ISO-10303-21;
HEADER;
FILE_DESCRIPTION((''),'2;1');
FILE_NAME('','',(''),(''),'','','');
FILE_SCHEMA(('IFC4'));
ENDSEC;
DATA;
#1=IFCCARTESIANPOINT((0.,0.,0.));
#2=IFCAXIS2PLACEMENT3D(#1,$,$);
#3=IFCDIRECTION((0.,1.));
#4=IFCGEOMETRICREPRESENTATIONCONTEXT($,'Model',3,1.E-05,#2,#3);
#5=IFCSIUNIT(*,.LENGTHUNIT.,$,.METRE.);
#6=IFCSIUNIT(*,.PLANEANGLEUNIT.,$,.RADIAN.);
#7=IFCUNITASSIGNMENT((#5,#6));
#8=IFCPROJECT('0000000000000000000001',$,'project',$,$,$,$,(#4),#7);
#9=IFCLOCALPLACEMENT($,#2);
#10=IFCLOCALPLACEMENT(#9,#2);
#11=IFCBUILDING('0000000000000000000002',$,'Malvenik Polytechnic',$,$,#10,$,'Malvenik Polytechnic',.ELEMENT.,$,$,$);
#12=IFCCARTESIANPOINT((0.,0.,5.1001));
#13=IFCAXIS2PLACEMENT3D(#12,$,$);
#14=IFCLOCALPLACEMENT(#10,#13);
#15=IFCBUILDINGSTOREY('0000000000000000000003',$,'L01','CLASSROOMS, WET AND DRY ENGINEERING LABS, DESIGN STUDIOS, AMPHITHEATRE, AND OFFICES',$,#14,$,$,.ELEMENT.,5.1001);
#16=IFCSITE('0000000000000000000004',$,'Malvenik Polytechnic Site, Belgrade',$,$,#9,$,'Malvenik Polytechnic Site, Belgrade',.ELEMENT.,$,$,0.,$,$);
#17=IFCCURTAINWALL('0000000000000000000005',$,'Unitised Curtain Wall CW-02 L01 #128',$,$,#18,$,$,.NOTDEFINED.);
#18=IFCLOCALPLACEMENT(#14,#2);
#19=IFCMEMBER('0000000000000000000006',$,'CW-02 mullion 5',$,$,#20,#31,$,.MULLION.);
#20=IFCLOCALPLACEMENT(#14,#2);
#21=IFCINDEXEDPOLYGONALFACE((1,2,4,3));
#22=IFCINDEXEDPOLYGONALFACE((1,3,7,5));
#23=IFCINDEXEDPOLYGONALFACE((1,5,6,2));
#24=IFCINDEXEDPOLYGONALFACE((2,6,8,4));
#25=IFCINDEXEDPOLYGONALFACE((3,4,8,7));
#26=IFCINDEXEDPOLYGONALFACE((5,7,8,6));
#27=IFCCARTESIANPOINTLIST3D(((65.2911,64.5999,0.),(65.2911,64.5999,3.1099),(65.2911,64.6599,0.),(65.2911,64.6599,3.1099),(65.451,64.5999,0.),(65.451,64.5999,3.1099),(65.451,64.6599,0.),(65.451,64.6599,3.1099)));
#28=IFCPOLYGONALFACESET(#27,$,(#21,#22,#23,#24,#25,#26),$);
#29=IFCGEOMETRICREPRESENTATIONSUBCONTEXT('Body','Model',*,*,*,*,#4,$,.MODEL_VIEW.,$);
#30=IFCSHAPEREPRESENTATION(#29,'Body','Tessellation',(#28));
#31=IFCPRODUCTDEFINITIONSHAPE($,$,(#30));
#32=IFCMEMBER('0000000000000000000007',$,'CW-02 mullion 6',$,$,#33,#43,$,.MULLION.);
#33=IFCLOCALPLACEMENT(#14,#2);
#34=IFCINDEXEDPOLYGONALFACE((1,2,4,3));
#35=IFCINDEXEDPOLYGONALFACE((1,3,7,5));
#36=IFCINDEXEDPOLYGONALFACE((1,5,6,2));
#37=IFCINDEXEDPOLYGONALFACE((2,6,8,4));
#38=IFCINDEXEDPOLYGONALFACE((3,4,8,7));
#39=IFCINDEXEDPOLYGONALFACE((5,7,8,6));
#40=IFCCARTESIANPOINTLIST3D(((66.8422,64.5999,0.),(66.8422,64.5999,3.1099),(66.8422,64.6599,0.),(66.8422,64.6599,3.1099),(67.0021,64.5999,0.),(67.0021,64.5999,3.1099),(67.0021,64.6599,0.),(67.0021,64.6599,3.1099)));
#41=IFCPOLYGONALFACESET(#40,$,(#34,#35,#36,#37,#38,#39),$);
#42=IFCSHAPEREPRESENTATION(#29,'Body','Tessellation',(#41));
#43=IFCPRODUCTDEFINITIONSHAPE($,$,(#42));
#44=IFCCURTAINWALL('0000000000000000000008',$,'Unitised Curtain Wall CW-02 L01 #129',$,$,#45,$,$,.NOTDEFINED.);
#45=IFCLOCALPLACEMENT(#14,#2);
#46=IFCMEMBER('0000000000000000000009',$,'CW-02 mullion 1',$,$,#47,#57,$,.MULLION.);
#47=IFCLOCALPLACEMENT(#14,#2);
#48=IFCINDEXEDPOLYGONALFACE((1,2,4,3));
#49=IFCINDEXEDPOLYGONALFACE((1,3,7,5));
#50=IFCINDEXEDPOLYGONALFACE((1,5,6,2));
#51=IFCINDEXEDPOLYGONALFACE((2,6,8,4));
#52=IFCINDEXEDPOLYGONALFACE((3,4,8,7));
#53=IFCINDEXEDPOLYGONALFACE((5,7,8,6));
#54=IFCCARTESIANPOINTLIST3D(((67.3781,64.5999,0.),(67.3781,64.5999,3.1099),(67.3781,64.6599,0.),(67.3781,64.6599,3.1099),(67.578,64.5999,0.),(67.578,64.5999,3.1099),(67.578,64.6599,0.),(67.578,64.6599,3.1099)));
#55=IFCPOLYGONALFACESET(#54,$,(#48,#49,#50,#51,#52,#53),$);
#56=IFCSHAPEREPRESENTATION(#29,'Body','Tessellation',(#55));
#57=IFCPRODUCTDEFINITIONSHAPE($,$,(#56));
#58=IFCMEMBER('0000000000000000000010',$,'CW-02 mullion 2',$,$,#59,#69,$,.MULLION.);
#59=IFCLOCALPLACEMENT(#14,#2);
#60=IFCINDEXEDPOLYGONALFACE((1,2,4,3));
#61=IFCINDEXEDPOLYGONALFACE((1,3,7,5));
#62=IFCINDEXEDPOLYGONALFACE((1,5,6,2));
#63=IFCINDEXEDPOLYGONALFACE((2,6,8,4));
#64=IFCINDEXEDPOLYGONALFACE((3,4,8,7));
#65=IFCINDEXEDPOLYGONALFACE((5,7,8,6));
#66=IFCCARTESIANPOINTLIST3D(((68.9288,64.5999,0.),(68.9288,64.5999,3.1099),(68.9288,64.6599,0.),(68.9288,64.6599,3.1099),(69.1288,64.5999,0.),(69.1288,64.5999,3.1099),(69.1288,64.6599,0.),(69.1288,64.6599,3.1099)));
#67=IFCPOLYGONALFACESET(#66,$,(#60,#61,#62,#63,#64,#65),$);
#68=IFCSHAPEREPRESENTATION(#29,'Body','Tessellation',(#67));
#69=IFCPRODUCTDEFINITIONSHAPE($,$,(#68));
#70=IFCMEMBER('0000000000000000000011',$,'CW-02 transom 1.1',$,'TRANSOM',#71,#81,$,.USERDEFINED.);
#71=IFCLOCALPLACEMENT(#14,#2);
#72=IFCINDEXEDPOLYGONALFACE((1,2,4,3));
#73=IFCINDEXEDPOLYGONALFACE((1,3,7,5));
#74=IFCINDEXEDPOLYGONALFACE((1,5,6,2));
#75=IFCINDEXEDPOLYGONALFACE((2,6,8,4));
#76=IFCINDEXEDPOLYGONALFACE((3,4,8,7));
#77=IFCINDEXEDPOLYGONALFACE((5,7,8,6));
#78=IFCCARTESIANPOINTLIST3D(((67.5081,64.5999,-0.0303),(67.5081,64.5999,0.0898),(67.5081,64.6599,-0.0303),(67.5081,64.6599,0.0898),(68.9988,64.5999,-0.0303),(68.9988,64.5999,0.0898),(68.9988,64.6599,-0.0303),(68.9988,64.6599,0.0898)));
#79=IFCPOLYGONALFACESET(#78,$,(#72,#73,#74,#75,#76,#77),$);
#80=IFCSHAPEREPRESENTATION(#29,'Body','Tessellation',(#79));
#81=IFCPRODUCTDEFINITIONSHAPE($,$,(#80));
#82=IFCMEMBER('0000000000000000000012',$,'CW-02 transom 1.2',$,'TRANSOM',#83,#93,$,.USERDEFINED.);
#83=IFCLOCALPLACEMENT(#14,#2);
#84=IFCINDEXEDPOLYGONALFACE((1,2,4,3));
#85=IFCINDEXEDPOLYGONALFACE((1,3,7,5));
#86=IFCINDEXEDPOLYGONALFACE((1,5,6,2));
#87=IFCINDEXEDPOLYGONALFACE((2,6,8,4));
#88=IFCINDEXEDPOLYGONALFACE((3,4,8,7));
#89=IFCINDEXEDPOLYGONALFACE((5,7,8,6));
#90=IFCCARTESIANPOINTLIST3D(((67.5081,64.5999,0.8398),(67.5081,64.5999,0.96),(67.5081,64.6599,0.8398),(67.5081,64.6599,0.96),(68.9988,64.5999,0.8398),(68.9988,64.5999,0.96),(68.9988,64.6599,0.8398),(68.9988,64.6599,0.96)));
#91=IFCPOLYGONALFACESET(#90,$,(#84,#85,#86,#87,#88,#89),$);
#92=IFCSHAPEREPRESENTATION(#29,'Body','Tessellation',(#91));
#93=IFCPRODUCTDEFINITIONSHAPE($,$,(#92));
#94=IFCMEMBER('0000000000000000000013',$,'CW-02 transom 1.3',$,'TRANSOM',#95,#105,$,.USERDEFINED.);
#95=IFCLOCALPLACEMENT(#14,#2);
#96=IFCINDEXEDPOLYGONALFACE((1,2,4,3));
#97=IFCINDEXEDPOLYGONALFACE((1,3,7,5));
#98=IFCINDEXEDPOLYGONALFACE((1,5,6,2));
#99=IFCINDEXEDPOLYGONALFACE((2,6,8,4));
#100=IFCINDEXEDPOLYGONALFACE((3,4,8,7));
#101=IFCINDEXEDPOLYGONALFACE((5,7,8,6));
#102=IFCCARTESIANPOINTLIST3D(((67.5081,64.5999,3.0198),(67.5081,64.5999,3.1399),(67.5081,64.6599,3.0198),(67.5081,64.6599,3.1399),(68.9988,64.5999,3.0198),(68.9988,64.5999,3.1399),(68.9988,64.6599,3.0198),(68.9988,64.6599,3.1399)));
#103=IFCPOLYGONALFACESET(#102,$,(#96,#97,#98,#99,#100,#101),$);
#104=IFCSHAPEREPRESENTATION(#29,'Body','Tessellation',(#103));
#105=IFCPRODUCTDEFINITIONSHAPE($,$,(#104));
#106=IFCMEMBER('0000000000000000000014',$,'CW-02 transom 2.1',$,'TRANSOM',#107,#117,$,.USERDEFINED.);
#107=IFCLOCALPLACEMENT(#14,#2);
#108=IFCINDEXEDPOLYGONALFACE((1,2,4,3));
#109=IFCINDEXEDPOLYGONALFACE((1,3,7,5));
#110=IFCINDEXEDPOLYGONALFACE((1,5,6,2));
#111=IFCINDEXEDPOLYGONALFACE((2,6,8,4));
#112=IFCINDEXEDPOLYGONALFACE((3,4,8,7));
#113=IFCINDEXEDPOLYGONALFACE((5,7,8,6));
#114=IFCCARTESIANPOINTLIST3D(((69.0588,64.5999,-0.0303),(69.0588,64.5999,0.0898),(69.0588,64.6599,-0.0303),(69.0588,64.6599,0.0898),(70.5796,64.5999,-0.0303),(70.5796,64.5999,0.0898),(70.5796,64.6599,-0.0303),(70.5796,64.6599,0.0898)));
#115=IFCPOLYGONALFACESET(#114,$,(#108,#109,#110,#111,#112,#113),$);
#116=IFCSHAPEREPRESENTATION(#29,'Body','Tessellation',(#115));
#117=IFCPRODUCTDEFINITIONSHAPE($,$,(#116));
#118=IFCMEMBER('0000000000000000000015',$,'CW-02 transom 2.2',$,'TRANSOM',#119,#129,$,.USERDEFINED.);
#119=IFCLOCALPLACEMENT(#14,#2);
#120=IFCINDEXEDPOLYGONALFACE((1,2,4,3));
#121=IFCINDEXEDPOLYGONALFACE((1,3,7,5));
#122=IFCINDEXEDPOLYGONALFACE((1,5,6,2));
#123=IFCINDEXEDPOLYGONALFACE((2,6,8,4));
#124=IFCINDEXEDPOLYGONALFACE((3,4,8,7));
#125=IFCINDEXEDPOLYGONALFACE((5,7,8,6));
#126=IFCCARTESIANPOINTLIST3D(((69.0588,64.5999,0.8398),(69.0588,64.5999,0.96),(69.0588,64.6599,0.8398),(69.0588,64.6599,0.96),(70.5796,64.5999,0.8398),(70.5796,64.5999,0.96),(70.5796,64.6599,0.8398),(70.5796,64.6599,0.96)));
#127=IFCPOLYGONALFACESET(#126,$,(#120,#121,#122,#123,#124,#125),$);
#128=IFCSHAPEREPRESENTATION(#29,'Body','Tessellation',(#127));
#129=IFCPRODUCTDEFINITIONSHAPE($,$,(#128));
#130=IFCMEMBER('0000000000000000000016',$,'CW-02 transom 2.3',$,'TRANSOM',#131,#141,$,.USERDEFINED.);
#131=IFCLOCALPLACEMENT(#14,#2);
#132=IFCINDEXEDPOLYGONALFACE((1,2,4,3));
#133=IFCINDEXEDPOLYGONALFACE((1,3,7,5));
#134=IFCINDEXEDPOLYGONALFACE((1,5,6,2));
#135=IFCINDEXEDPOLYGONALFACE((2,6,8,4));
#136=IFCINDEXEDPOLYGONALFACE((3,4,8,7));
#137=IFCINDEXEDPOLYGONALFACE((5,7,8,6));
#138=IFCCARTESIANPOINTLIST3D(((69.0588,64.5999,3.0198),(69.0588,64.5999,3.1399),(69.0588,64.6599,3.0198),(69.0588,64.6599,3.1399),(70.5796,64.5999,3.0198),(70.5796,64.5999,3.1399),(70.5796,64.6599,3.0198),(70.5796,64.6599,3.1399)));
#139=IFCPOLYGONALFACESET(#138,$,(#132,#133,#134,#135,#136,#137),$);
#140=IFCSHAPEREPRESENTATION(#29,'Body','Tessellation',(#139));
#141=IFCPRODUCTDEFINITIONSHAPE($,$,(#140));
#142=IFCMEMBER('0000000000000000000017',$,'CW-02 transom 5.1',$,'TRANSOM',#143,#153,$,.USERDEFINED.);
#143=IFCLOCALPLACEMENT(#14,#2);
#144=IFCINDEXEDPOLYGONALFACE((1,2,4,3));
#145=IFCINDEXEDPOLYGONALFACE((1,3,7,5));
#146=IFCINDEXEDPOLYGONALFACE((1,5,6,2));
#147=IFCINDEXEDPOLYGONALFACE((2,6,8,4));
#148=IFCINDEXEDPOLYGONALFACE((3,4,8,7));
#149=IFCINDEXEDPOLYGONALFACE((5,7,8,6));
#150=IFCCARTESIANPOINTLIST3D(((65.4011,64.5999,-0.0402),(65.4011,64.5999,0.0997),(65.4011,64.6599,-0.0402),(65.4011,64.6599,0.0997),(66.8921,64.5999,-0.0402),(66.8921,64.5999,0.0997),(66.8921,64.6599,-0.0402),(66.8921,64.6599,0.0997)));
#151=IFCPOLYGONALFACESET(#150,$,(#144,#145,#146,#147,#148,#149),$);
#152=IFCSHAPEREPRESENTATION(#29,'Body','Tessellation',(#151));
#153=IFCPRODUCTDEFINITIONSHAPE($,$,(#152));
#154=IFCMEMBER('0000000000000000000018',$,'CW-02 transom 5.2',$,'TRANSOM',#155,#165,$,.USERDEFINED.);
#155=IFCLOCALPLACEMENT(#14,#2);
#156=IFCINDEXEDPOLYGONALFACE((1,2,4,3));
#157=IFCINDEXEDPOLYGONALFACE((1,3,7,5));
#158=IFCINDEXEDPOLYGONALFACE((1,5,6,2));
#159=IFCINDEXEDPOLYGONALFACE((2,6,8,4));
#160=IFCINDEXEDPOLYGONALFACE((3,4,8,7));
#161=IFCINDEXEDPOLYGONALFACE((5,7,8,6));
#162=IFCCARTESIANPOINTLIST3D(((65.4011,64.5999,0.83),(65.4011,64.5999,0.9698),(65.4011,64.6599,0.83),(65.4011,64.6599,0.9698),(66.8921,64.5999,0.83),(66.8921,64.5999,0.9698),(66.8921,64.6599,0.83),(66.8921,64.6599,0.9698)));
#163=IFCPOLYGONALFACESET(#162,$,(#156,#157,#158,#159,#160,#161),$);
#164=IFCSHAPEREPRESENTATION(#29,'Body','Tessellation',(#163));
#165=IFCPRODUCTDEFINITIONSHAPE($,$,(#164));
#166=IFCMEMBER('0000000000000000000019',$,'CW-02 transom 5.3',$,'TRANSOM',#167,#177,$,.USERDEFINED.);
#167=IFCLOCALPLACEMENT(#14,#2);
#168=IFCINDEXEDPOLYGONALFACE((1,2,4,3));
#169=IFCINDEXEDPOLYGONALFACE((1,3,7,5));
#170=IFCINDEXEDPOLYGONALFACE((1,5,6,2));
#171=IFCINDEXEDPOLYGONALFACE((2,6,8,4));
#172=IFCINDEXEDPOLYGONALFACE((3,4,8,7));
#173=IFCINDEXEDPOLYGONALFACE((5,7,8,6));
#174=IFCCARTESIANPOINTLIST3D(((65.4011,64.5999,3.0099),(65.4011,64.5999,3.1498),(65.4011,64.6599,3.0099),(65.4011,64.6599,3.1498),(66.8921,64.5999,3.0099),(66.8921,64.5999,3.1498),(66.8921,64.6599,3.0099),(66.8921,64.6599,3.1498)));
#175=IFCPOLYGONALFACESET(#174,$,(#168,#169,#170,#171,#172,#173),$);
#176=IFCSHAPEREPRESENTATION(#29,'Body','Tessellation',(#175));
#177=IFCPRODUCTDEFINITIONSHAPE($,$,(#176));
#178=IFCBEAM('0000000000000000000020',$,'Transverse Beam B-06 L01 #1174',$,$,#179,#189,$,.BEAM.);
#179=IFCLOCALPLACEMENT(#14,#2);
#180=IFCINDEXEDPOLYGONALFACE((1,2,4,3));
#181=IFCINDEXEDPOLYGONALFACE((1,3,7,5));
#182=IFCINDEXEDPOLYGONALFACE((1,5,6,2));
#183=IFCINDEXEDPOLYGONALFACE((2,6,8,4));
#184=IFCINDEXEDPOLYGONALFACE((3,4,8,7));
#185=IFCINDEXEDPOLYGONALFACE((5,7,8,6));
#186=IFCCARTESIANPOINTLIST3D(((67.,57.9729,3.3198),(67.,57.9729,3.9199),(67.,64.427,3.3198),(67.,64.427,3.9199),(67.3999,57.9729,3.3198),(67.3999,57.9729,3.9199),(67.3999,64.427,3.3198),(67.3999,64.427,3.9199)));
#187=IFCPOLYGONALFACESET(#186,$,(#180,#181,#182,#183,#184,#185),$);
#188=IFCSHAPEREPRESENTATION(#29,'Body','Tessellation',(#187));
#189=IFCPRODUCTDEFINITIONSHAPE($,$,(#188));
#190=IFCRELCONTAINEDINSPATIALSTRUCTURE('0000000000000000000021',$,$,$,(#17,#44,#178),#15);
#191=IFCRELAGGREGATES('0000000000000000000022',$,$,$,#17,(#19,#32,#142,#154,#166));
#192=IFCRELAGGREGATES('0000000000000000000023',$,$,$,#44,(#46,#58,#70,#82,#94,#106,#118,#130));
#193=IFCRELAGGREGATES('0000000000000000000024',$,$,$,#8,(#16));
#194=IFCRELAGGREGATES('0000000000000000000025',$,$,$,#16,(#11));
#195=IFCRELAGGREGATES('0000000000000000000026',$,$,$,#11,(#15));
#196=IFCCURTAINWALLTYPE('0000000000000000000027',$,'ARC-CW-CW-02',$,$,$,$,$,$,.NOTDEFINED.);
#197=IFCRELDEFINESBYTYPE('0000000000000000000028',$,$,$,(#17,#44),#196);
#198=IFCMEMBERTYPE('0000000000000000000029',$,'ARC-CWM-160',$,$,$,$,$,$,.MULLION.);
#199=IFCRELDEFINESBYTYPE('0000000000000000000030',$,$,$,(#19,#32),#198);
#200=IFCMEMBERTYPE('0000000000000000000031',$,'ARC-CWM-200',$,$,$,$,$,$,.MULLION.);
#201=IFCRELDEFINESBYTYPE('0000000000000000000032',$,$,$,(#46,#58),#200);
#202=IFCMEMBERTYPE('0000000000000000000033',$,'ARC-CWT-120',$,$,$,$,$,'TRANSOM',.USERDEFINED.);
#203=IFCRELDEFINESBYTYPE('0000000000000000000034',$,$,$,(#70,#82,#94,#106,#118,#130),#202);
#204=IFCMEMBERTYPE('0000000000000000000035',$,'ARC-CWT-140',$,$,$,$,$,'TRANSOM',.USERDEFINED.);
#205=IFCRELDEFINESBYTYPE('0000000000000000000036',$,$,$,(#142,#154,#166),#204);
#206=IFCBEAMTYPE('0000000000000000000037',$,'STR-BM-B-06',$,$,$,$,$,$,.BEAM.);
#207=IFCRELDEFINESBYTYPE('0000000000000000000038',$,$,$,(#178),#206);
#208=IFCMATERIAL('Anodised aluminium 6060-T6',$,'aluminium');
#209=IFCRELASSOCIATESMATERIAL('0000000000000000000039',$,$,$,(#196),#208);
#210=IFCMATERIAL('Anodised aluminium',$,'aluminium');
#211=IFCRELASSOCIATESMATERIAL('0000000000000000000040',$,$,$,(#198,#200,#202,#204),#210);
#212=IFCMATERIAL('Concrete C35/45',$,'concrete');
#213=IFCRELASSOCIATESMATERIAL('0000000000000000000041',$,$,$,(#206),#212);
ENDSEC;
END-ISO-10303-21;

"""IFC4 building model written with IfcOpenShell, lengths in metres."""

from ifc_helpers import new_model, si_unit, direction, frame, origin, origin_2d, place, context, subcontext, project, spatial, rectangle, extrude, material, material_profile, profile_set, type_object, element, aggregate, save


model = new_model("IFC4")

# Units and contexts
model_context = context("Model", 3, precision=1e-05, world=origin(), true_north=direction((0.0, 1.0)))
body_context = subcontext(model_context, "Body", "Model", "MODEL_VIEW")
ifc_project = project(units=[si_unit("LENGTHUNIT", "METRE"), si_unit("PLANEANGLEUNIT", "RADIAN")], contexts=[model_context])

# Site, building, storey
site_placement = place(None, origin())
site = spatial("IfcSite", under=ifc_project, at=site_placement, Name="Malvenik Polytechnic Site, Belgrade", LongName="Malvenik Polytechnic Site, Belgrade", CompositionType="ELEMENT", RefElevation=0.0)
building_placement = place(site_placement, origin())
building = spatial("IfcBuilding", under=site, at=building_placement, Name="Malvenik Polytechnic", LongName="Malvenik Polytechnic", CompositionType="ELEMENT")
storey_placement = place(building_placement, frame((0.0, 0.0, 5.1001)))
storey = spatial("IfcBuildingStorey", under=building, at=storey_placement, Name="L01", Description="CLASSROOMS, WET AND DRY ENGINEERING LABS, DESIGN STUDIOS, AMPHITHEATRE, AND OFFICES", CompositionType="ELEMENT", Elevation=5.1001)

# Curtain walls, members
ifc_material_1 = material(Name="Anodised aluminium 6060-T6", Category="aluminium")
curtain_wall_type = type_object("IfcCurtainWallType", Name="ARC-CW-CW-02", PredefinedType="NOTDEFINED", material=ifc_material_1)
curtain_wall_1_placement = place(storey_placement, origin())
curtain_wall_1 = element("IfcCurtainWall", 1, at=curtain_wall_1_placement, inside=storey, type_object=curtain_wall_type, Name="Unitised Curtain Wall CW-02 L01 #128", PredefinedType="NOTDEFINED")
ifc_material_2 = material(Name="Anodised aluminium", Category="aluminium")
ifc_material_profile_1 = material_profile(ifc_material_2, rectangle(XDim=0.0601, YDim=0.1599, at=origin_2d()), Name="ALU MULLION 60x160")
ifc_profile_set_1 = profile_set([ifc_material_profile_1], Name="Anodised aluminium")
member_type_1 = type_object("IfcMemberType", Name="ARC-CWM-160", PredefinedType="MULLION", material=ifc_profile_set_1)
member_1_placement = place(storey_placement, frame((65.3711, 64.6299, 0.0), z_axis=(0.0, 0.0, 1.0), x_axis=(0.0, 1.0, 0.0)))
member_1 = element("IfcMember", 2, at=member_1_placement, type_object=member_type_1, Name="CW-02 mullion 5", PredefinedType="MULLION", context=body_context, shape_type="SweptSolid", body=[
    extrude(rectangle(XDim=0.0601, YDim=0.1599, at=origin_2d()), origin(), (0.0, 0.0, 1.0), 3.1099),
])
member_2_placement = place(storey_placement, frame((66.9221, 64.6299, 0.0), z_axis=(0.0, 0.0, 1.0), x_axis=(0.0, 1.0, 0.0)))
member_2 = element("IfcMember", 3, at=member_2_placement, type_object=member_type_1, Name="CW-02 mullion 6", PredefinedType="MULLION", context=body_context, shape_type="SweptSolid", body=[
    extrude(rectangle(XDim=0.0601, YDim=0.1599, at=origin_2d()), origin(), (0.0, 0.0, 1.0), 3.1099),
])
curtain_wall_2_placement = place(storey_placement, origin())
curtain_wall_2 = element("IfcCurtainWall", 4, at=curtain_wall_2_placement, inside=storey, type_object=curtain_wall_type, Name="Unitised Curtain Wall CW-02 L01 #129", PredefinedType="NOTDEFINED")
ifc_material_profile_2 = material_profile(ifc_material_2, rectangle(XDim=0.0601, YDim=0.2, at=origin_2d()), Name="ALU MULLION 60x200")
ifc_profile_set_2 = profile_set([ifc_material_profile_2], Name="Anodised aluminium")
member_type_2 = type_object("IfcMemberType", Name="ARC-CWM-200", PredefinedType="MULLION", material=ifc_profile_set_2)
member_3_placement = place(storey_placement, frame((67.478, 64.6299, 0.0), z_axis=(0.0, 0.0, 1.0), x_axis=(0.0, 1.0, 0.0)))
member_3 = element("IfcMember", 5, at=member_3_placement, type_object=member_type_2, Name="CW-02 mullion 1", PredefinedType="MULLION", context=body_context, shape_type="SweptSolid", body=[
    extrude(rectangle(XDim=0.0601, YDim=0.2, at=origin_2d()), origin(), (0.0, 0.0, 1.0), 3.1099),
])
member_4_placement = place(storey_placement, frame((69.0288, 64.6299, 0.0), z_axis=(0.0, 0.0, 1.0), x_axis=(0.0, 1.0, 0.0)))
member_4 = element("IfcMember", 6, at=member_4_placement, type_object=member_type_2, Name="CW-02 mullion 2", PredefinedType="MULLION", context=body_context, shape_type="SweptSolid", body=[
    extrude(rectangle(XDim=0.0601, YDim=0.2, at=origin_2d()), origin(), (0.0, 0.0, 1.0), 3.1099),
])
ifc_material_profile_3 = material_profile(ifc_material_2, rectangle(XDim=0.0601, YDim=0.1201, at=origin_2d()), Name="ALU TRANSOM 60x120")
ifc_profile_set_3 = profile_set([ifc_material_profile_3], Name="Anodised aluminium")
member_type_3 = type_object("IfcMemberType", Name="ARC-CWT-120", ElementType="TRANSOM", PredefinedType="USERDEFINED", material=ifc_profile_set_3)
member_5_placement = place(storey_placement, frame((67.5081, 64.6299, 0.0298), z_axis=(1.0, 0.0, 0.0), x_axis=(0.0, 1.0, 0.0)))
member_5 = element("IfcMember", 7, at=member_5_placement, type_object=member_type_3, Name="CW-02 transom 1.1", ObjectType="TRANSOM", PredefinedType="USERDEFINED", context=body_context, shape_type="SweptSolid", body=[
    extrude(rectangle(XDim=0.0601, YDim=0.1201, at=origin_2d()), origin(), (0.0, 0.0, 1.0), 1.4907),
])
member_6_placement = place(storey_placement, frame((67.5081, 64.6299, 0.8999), z_axis=(1.0, 0.0, 0.0), x_axis=(0.0, 1.0, 0.0)))
member_6 = element("IfcMember", 8, at=member_6_placement, type_object=member_type_3, Name="CW-02 transom 1.2", ObjectType="TRANSOM", PredefinedType="USERDEFINED", context=body_context, shape_type="SweptSolid", body=[
    extrude(rectangle(XDim=0.0601, YDim=0.1201, at=origin_2d()), origin(), (0.0, 0.0, 1.0), 1.4907),
])
member_7_placement = place(storey_placement, frame((67.5081, 64.6299, 3.0798), z_axis=(1.0, 0.0, 0.0), x_axis=(0.0, 1.0, 0.0)))
member_7 = element("IfcMember", 9, at=member_7_placement, type_object=member_type_3, Name="CW-02 transom 1.3", ObjectType="TRANSOM", PredefinedType="USERDEFINED", context=body_context, shape_type="SweptSolid", body=[
    extrude(rectangle(XDim=0.0601, YDim=0.1201, at=origin_2d()), origin(), (0.0, 0.0, 1.0), 1.4907),
])
member_8_placement = place(storey_placement, frame((69.0588, 64.6299, 0.0298), z_axis=(1.0, 0.0, 0.0), x_axis=(0.0, 1.0, 0.0)))
member_8 = element("IfcMember", 10, at=member_8_placement, type_object=member_type_3, Name="CW-02 transom 2.1", ObjectType="TRANSOM", PredefinedType="USERDEFINED", context=body_context, shape_type="SweptSolid", body=[
    extrude(rectangle(XDim=0.0601, YDim=0.1201, at=origin_2d()), origin(), (0.0, 0.0, 1.0), 1.5208),
])
member_9_placement = place(storey_placement, frame((69.0588, 64.6299, 0.8999), z_axis=(1.0, 0.0, 0.0), x_axis=(0.0, 1.0, 0.0)))
member_9 = element("IfcMember", 11, at=member_9_placement, type_object=member_type_3, Name="CW-02 transom 2.2", ObjectType="TRANSOM", PredefinedType="USERDEFINED", context=body_context, shape_type="SweptSolid", body=[
    extrude(rectangle(XDim=0.0601, YDim=0.1201, at=origin_2d()), origin(), (0.0, 0.0, 1.0), 1.5208),
])
member_10_placement = place(storey_placement, frame((69.0588, 64.6299, 3.0798), z_axis=(1.0, 0.0, 0.0), x_axis=(0.0, 1.0, 0.0)))
member_10 = element("IfcMember", 12, at=member_10_placement, type_object=member_type_3, Name="CW-02 transom 2.3", ObjectType="TRANSOM", PredefinedType="USERDEFINED", context=body_context, shape_type="SweptSolid", body=[
    extrude(rectangle(XDim=0.0601, YDim=0.1201, at=origin_2d()), origin(), (0.0, 0.0, 1.0), 1.5208),
])

# Members
ifc_material_profile_4 = material_profile(ifc_material_2, rectangle(XDim=0.0601, YDim=0.1399, at=origin_2d()), Name="ALU TRANSOM 60x140")
ifc_profile_set_4 = profile_set([ifc_material_profile_4], Name="Anodised aluminium")
member_type_4 = type_object("IfcMemberType", Name="ARC-CWT-140", ElementType="TRANSOM", PredefinedType="USERDEFINED", material=ifc_profile_set_4)
member_11_placement = place(storey_placement, frame((65.4011, 64.6299, 0.0298), z_axis=(1.0, 0.0, 0.0), x_axis=(0.0, 1.0, 0.0)))
member_11 = element("IfcMember", 13, at=member_11_placement, type_object=member_type_4, Name="CW-02 transom 5.1", ObjectType="TRANSOM", PredefinedType="USERDEFINED", context=body_context, shape_type="SweptSolid", body=[
    extrude(rectangle(XDim=0.0601, YDim=0.1399, at=origin_2d()), origin(), (0.0, 0.0, 1.0), 1.491),
])
member_12_placement = place(storey_placement, frame((65.4011, 64.6299, 0.8999), z_axis=(1.0, 0.0, 0.0), x_axis=(0.0, 1.0, 0.0)))
member_12 = element("IfcMember", 14, at=member_12_placement, type_object=member_type_4, Name="CW-02 transom 5.2", ObjectType="TRANSOM", PredefinedType="USERDEFINED", context=body_context, shape_type="SweptSolid", body=[
    extrude(rectangle(XDim=0.0601, YDim=0.1399, at=origin_2d()), origin(), (0.0, 0.0, 1.0), 1.491),
])
member_13_placement = place(storey_placement, frame((65.4011, 64.6299, 3.0798), z_axis=(1.0, 0.0, 0.0), x_axis=(0.0, 1.0, 0.0)))
member_13 = element("IfcMember", 15, at=member_13_placement, type_object=member_type_4, Name="CW-02 transom 5.3", ObjectType="TRANSOM", PredefinedType="USERDEFINED", context=body_context, shape_type="SweptSolid", body=[
    extrude(rectangle(XDim=0.0601, YDim=0.1399, at=origin_2d()), origin(), (0.0, 0.0, 1.0), 1.491),
])

# Beam
ifc_material_3 = material(Name="Concrete C35/45", Category="concrete")
ifc_material_profile_5 = material_profile(ifc_material_3, rectangle(XDim=0.3999, YDim=0.6001, at=origin_2d()), Name="RC BM 400x600")
ifc_profile_set_5 = profile_set([ifc_material_profile_5], Name="Concrete C35/45")
beam_type_1 = type_object("IfcBeamType", Name="STR-BM-B-06", PredefinedType="BEAM", material=ifc_profile_set_5)
beam_1_placement = place(storey_placement, frame((67.2, 57.9729, 3.6199), z_axis=(0.0, 1.0, 0.0), x_axis=(-1.0, 0.0, 0.0)))
element("IfcBeam", 16, at=beam_1_placement, inside=storey, type_object=beam_type_1, Name="Transverse Beam B-06 L01 #1174", PredefinedType="BEAM", context=body_context, shape_type="SweptSolid", body=[
    extrude(rectangle(XDim=0.3999, YDim=0.6001, at=origin_2d()), origin(), (0.0, 0.0, 1.0), 6.4541),
])

aggregate(curtain_wall_1, [member_1, member_2, member_11, member_12, member_13])
aggregate(curtain_wall_2, [member_3, member_4, member_5, member_6, member_7, member_8, member_9, member_10])

save(model, "model.ifc")
